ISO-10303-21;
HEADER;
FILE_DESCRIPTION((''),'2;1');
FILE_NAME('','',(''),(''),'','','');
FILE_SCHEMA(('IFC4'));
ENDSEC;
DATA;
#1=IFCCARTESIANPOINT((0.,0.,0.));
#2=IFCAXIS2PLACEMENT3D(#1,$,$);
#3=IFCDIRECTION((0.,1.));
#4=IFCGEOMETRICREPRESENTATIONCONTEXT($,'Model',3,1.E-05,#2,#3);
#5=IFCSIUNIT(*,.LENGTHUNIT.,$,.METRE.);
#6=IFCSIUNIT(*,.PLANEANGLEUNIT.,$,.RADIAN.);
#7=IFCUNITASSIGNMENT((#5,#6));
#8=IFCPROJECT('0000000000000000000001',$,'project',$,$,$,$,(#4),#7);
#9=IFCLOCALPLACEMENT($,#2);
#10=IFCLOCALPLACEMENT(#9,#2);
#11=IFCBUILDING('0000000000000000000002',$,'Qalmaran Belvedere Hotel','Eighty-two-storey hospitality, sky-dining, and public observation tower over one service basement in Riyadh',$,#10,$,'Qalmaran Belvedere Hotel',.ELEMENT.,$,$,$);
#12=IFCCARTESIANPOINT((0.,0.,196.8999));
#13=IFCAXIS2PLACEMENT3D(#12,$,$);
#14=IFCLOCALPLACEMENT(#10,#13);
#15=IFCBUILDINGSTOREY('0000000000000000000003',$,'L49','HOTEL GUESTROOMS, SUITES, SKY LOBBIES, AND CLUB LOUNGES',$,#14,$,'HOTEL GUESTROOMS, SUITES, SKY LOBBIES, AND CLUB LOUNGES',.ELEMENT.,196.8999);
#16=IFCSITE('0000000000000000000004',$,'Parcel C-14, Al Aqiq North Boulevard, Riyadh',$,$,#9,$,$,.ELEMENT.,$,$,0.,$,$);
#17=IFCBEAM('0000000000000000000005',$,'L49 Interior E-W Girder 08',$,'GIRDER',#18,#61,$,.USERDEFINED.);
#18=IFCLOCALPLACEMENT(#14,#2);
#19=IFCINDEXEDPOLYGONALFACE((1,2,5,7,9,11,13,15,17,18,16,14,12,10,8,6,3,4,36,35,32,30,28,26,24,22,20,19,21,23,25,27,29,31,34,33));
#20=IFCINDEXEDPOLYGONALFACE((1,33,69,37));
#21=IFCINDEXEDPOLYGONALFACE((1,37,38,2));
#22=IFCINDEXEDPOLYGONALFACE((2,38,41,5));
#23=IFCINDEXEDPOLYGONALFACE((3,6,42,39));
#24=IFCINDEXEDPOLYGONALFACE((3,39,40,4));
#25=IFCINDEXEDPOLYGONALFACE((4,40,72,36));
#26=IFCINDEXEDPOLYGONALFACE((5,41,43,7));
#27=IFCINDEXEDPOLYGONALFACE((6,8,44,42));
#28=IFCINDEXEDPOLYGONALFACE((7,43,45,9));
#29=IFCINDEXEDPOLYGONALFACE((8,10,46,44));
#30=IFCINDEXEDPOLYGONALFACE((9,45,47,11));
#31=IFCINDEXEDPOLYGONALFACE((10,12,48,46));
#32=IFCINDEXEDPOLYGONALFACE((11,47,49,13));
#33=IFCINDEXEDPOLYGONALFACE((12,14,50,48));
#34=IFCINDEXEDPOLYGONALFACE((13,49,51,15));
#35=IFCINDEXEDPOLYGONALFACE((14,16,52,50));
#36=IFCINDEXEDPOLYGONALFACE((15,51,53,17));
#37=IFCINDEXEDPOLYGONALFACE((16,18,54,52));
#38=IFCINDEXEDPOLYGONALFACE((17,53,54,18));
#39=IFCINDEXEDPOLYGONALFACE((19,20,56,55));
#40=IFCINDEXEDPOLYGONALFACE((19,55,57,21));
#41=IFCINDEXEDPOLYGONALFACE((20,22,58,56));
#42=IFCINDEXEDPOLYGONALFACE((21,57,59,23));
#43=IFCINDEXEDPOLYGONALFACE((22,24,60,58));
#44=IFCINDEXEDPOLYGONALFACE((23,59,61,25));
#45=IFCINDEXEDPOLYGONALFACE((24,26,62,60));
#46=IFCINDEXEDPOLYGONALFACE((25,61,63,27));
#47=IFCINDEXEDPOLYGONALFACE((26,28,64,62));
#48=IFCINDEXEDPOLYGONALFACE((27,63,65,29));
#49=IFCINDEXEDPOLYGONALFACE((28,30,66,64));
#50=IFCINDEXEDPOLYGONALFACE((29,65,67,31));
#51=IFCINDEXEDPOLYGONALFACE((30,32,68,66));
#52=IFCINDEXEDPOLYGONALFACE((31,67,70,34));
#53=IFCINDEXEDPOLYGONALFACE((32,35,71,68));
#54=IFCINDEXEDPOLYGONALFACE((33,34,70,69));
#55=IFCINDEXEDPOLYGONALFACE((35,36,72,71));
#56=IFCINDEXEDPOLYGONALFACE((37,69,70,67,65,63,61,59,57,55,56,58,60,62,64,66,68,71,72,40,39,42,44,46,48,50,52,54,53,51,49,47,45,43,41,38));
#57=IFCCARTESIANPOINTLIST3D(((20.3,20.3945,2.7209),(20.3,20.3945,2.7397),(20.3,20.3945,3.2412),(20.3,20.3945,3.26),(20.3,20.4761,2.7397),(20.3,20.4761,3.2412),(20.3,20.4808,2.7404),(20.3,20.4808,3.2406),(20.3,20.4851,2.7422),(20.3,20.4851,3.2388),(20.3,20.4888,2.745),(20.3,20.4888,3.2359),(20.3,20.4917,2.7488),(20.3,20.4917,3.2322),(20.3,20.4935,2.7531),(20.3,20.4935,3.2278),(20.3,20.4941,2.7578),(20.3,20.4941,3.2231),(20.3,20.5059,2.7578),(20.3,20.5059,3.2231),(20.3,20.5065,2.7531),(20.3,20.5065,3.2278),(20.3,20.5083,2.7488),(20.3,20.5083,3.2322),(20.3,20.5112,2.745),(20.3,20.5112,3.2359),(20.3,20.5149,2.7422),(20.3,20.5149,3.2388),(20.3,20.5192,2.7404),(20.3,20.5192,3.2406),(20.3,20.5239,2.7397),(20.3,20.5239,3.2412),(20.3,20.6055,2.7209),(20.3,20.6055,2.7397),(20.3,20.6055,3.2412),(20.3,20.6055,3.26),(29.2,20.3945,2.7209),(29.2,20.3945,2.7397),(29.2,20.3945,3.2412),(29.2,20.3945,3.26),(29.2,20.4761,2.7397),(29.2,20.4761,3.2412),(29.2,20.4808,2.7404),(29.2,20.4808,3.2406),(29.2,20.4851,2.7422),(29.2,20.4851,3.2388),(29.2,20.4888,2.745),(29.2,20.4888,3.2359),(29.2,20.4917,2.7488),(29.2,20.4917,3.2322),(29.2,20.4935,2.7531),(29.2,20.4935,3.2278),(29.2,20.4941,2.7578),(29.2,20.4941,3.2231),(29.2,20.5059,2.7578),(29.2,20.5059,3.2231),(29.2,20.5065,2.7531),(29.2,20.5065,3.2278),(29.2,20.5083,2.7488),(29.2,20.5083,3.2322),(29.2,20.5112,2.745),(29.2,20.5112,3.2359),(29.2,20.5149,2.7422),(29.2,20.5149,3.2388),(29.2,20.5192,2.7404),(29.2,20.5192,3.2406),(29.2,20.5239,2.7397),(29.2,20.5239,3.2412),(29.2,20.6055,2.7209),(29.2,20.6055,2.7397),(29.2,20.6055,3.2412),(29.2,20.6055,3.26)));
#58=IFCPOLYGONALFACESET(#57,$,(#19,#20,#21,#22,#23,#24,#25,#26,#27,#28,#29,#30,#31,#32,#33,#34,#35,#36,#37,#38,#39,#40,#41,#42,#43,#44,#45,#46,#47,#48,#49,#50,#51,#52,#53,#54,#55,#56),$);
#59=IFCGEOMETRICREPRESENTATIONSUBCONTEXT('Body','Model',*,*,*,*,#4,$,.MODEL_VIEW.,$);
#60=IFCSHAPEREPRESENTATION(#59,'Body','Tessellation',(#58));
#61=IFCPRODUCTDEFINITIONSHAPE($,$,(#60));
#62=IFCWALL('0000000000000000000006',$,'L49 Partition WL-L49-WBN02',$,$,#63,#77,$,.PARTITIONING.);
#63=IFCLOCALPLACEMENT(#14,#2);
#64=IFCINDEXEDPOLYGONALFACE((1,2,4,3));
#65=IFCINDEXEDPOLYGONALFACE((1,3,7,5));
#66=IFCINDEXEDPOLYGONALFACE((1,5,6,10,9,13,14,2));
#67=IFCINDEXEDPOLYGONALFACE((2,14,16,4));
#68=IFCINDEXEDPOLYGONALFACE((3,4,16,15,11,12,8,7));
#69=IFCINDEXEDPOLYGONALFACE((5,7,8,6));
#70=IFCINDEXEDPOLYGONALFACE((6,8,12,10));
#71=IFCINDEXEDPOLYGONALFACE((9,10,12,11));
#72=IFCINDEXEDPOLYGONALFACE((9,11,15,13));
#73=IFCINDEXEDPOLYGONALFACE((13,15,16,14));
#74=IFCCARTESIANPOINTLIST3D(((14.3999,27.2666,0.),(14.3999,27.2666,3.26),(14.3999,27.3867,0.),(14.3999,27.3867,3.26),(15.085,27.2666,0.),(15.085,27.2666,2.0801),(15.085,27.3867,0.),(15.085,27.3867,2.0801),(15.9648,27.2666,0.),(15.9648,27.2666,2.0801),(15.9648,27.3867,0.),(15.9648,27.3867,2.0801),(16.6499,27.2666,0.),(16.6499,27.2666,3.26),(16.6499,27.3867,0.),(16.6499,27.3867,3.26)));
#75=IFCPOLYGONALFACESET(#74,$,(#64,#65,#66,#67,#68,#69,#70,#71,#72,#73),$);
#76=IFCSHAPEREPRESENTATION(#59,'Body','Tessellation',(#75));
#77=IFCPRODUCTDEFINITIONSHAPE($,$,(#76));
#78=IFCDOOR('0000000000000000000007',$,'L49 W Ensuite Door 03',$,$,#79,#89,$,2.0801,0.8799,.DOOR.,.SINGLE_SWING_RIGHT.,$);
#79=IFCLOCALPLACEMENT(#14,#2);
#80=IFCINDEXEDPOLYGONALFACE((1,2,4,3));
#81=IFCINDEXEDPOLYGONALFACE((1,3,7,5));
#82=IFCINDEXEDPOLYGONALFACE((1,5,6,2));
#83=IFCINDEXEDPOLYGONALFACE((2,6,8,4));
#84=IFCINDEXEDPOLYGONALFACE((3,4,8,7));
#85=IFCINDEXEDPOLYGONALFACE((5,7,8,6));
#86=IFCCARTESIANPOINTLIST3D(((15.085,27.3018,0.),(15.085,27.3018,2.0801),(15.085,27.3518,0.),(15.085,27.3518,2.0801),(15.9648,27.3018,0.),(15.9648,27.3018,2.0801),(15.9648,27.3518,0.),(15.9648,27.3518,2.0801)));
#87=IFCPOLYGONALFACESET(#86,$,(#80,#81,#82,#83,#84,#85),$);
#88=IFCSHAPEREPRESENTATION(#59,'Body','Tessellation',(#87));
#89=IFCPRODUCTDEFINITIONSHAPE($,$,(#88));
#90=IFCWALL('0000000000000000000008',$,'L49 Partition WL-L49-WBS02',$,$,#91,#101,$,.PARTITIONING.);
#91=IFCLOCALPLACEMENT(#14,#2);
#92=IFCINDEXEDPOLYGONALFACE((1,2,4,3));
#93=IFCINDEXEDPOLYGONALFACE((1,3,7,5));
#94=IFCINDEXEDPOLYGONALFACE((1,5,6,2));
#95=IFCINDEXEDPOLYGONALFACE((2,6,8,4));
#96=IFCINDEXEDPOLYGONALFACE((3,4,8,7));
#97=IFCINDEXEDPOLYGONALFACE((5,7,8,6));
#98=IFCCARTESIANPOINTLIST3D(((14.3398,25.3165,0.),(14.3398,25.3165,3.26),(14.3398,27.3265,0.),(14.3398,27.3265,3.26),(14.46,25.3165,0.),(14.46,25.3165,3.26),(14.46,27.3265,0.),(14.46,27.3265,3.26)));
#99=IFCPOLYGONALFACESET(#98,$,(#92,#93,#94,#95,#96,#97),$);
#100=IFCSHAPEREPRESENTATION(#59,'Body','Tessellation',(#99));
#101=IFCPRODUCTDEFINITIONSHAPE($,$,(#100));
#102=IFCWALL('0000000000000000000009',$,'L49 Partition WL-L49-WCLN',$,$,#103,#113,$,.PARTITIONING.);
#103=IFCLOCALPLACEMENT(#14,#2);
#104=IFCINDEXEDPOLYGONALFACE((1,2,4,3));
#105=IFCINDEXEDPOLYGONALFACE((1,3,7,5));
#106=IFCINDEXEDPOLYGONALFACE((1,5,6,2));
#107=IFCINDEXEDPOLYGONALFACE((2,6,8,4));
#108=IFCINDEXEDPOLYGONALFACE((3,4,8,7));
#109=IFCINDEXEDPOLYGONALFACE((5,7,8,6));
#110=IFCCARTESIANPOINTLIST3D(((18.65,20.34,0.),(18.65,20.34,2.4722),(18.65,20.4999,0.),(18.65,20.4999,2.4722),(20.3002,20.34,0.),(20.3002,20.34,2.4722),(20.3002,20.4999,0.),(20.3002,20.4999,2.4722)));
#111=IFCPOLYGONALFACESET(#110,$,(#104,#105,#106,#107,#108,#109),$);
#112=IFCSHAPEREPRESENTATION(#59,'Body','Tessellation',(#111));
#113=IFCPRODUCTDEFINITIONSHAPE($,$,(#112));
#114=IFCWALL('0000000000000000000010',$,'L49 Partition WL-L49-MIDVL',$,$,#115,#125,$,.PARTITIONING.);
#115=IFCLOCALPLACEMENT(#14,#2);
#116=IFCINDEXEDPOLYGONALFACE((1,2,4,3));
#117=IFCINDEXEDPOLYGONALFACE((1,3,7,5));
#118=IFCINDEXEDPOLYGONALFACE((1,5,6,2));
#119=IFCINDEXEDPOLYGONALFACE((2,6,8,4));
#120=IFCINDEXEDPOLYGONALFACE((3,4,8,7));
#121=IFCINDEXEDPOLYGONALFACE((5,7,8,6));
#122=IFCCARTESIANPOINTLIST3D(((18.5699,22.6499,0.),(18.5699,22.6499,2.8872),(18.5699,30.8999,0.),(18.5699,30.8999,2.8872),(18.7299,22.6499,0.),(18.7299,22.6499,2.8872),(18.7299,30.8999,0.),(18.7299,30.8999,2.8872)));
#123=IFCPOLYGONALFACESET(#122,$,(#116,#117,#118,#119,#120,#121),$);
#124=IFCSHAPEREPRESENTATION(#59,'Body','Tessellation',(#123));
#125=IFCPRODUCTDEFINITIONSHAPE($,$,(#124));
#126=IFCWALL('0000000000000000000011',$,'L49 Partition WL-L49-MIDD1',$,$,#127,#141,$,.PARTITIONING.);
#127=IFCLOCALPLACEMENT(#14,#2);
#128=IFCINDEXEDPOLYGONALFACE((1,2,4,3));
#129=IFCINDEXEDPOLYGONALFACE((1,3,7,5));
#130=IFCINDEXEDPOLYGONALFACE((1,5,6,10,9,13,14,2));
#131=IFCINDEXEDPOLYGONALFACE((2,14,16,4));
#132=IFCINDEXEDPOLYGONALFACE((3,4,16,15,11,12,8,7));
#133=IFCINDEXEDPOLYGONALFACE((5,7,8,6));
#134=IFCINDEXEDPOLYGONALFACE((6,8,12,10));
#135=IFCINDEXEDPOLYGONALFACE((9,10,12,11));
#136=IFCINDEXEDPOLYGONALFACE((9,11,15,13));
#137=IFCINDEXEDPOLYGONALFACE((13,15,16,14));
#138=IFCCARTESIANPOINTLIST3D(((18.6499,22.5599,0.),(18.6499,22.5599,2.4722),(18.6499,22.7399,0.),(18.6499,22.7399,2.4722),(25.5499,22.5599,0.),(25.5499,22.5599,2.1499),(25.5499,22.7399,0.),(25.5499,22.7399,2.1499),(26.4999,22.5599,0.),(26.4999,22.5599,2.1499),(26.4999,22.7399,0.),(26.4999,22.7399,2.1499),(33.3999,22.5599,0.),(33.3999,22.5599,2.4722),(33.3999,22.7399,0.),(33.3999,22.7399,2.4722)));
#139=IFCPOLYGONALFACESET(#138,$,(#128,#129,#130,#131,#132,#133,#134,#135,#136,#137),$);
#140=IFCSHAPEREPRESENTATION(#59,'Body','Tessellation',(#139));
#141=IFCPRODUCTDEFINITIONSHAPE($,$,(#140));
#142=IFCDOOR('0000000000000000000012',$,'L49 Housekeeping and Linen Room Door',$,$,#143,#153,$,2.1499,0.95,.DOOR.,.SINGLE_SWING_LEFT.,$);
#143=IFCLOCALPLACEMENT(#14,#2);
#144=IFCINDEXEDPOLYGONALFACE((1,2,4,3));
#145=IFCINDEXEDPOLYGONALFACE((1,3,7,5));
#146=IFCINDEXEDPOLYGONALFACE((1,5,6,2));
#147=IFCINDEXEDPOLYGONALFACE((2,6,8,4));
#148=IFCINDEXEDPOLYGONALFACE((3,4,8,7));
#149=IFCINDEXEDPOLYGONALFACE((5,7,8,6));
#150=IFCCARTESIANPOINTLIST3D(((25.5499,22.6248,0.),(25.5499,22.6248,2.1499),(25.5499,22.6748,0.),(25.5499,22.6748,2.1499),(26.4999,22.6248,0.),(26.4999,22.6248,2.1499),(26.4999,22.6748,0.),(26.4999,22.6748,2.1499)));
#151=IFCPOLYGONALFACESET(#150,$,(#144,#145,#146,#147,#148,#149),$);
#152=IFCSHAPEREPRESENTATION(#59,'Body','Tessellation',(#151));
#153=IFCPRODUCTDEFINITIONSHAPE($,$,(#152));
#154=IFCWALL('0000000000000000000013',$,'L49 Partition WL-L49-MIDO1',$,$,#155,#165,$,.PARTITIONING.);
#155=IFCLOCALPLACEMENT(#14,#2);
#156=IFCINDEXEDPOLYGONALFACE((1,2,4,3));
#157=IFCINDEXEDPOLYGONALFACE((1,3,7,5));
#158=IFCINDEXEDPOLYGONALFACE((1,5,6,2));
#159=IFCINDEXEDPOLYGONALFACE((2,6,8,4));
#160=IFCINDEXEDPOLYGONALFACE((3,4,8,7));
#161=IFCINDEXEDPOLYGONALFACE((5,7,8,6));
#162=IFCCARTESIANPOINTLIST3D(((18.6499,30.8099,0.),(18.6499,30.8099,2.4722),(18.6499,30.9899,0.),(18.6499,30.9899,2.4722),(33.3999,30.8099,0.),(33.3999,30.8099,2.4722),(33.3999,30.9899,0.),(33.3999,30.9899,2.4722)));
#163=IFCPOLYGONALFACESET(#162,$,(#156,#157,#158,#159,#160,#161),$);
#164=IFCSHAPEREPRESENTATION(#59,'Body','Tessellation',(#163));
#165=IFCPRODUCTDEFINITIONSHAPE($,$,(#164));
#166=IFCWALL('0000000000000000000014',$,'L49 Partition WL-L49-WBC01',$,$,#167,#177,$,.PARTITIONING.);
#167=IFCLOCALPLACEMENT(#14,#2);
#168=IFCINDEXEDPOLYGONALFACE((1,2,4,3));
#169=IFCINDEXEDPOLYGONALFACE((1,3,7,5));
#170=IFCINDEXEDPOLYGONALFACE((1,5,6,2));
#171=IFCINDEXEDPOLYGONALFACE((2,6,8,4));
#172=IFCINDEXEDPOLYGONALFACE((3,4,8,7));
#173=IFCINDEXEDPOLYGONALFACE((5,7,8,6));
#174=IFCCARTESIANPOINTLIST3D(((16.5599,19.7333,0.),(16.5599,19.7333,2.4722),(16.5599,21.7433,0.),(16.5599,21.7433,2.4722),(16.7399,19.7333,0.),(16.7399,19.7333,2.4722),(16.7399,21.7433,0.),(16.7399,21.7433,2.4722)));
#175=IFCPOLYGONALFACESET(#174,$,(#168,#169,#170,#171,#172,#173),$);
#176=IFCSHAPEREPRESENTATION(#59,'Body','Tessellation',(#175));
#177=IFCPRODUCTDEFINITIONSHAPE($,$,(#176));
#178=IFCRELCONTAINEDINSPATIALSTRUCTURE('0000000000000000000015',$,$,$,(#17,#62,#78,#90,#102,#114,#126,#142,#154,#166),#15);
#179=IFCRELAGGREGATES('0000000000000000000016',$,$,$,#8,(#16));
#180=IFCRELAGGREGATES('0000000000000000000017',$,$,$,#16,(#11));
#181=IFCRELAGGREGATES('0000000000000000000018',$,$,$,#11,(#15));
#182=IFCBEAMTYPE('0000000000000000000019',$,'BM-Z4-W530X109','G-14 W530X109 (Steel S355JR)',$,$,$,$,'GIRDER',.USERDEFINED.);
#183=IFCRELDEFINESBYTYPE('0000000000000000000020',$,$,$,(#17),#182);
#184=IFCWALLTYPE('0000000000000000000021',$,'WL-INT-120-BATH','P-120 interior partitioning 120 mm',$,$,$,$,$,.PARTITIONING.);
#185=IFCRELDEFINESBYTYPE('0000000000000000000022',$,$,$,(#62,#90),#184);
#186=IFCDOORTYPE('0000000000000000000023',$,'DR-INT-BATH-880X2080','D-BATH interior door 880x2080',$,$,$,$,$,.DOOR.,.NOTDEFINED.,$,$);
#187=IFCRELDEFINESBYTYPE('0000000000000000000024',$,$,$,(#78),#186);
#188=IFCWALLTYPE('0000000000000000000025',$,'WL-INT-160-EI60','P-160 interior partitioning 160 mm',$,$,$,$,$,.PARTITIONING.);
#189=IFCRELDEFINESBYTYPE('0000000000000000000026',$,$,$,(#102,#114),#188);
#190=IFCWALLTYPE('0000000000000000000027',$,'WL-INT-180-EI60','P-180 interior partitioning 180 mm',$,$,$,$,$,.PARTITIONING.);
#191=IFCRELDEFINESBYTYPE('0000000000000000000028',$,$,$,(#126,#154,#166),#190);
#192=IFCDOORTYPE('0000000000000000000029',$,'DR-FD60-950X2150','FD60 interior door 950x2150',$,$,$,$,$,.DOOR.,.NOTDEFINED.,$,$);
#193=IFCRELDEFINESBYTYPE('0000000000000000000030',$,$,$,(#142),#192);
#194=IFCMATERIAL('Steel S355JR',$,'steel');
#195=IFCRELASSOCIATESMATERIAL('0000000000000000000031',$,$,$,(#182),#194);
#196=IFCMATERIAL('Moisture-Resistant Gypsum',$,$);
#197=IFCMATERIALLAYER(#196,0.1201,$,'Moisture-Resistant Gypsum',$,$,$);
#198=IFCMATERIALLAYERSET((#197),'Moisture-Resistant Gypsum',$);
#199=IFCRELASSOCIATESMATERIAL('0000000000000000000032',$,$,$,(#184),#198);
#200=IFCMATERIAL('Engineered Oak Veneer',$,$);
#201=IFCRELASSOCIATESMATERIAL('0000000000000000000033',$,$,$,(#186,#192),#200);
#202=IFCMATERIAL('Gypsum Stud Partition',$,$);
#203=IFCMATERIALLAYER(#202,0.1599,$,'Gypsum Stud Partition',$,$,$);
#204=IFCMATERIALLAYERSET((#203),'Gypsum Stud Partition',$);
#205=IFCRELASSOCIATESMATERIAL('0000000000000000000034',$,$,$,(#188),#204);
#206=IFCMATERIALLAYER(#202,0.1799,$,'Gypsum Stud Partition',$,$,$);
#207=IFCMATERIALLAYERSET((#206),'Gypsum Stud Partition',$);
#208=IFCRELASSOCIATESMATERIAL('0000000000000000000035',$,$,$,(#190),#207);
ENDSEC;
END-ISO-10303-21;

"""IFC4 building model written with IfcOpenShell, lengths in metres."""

from ifc_helpers import new_model, si_unit, direction, frame, frame_2d, origin, origin_2d, place, context, subcontext, project, spatial, rectangle, i_section, extrude, material, layer, layer_set, material_profile, profile_set, type_object, element, fill, save


model = new_model("IFC4")

# Units and contexts
model_context = context("Model", 3, precision=1e-05, world=origin(), true_north=direction((0.0, 1.0)))
body_context = subcontext(model_context, "Body", "Model", "MODEL_VIEW")
ifc_project = project(units=[si_unit("LENGTHUNIT", "METRE"), si_unit("PLANEANGLEUNIT", "RADIAN")], contexts=[model_context])

# Site, building, storey
site_placement = place(None, origin())
site = spatial("IfcSite", under=ifc_project, at=site_placement, Name="Parcel C-14, Al Aqiq North Boulevard, Riyadh", CompositionType="ELEMENT", RefElevation=0.0)
building_placement = place(site_placement, origin())
building = spatial("IfcBuilding", under=site, at=building_placement, Name="Qalmaran Belvedere Hotel", Description="Eighty-two-storey hospitality, sky-dining, and public observation tower over one service basement in Riyadh", LongName="Qalmaran Belvedere Hotel", CompositionType="ELEMENT")
storey_placement = place(building_placement, frame((0.0, 0.0, 196.8999)))
storey = spatial("IfcBuildingStorey", under=building, at=storey_placement, Name="L49", Description="HOTEL GUESTROOMS, SUITES, SKY LOBBIES, AND CLUB LOUNGES", LongName="HOTEL GUESTROOMS, SUITES, SKY LOBBIES, AND CLUB LOUNGES", CompositionType="ELEMENT", Elevation=196.8999)

# Beam
ifc_material_1 = material(Name="Steel S355JR", Category="steel")
ifc_material_profile_1 = material_profile(ifc_material_1, i_section(OverallWidth=0.2109, OverallDepth=0.5391, WebThickness=0.0117, FlangeThickness=0.0188, FilletRadius=0.0181, at=origin_2d()), Name="W530X109")
ifc_profile_set_1 = profile_set([ifc_material_profile_1], Name="Steel S355JR")
beam_type_1 = type_object("IfcBeamType", Name="BM-Z4-W530X109", Description="G-14 W530X109 (Steel S355JR)", ElementType="GIRDER", PredefinedType="USERDEFINED", material=ifc_profile_set_1)
beam_1_placement = place(storey_placement, frame((20.3, 20.5, 2.9905), z_axis=(1.0, 0.0, 0.0), x_axis=(0.0, 1.0, 0.0)))
element("IfcBeam", 1, at=beam_1_placement, inside=storey, type_object=beam_type_1, Name="L49 Interior E-W Girder 08", ObjectType="GIRDER", PredefinedType="USERDEFINED", context=body_context, shape_type="SweptSolid", body=[
    extrude(i_section(OverallWidth=0.2109, OverallDepth=0.5391, WebThickness=0.0117, FlangeThickness=0.0188, FilletRadius=0.0181, at=origin_2d()), origin(), (0.0, 0.0, 1.0), 8.8999),
])

# Wall, opening, door
ifc_material_2 = material(Name="Moisture-Resistant Gypsum")
ifc_layer_1 = layer(ifc_material_2, 0.1201, Name="Moisture-Resistant Gypsum")
ifc_layer_set_1 = layer_set([ifc_layer_1], Name="Moisture-Resistant Gypsum")
wall_type_1 = type_object("IfcWallType", Name="WL-INT-120-BATH", Description="P-120 interior partitioning 120 mm", PredefinedType="PARTITIONING", material=ifc_layer_set_1)
wall_1_placement = place(storey_placement, frame((14.3999, 27.3267, 0.0), z_axis=(0.0, 0.0, 1.0), x_axis=(1.0, 0.0, 0.0)))
wall_1 = element("IfcWall", 2, at=wall_1_placement, inside=storey, type_object=wall_type_1, Name="L49 Partition WL-L49-WBN02", PredefinedType="PARTITIONING", context=body_context, shape_type="SweptSolid", body=[
    extrude(rectangle(XDim=2.25, YDim=0.1201, at=frame_2d((1.125, 0.0))), origin(), (0.0, 0.0, 1.0), 3.26),
])
opening_1_placement = place(wall_1_placement, frame((1.5649, 0.0, 0.0), z_axis=(0.0, 0.0, 1.0), x_axis=(-1.0, 0.0, 0.0)))
opening_1 = element("IfcOpeningElement", 3, at=opening_1_placement, cuts=wall_1, PredefinedType="OPENING", context=body_context, shape_type="SweptSolid", body=[
    extrude(rectangle(XDim=0.8799, YDim=2.0801, at=frame_2d((0.4399, 1.04))), frame((0.0, 0.0701, 0.0), z_axis=(0.0, -1.0, 0.0), x_axis=(1.0, 0.0, 0.0)), (0.0, 0.0, 1.0), 0.1401),
])
ifc_material_3 = material(Name="Engineered Oak Veneer")
door_type_1 = type_object("IfcDoorType", Name="DR-INT-BATH-880X2080", Description="D-BATH interior door 880x2080", OperationType="NOTDEFINED", PredefinedType="DOOR", material=ifc_material_3)
door_1_placement = place(opening_1_placement, origin())
door_1 = element("IfcDoor", 4, at=door_1_placement, inside=storey, type_object=door_type_1, Name="L49 W Ensuite Door 03", OperationType="SINGLE_SWING_RIGHT", OverallHeight=2.0801, OverallWidth=0.8799, PredefinedType="DOOR", context=body_context, shape_type="SweptSolid", body=[
    extrude(rectangle(XDim=0.8799, YDim=2.0801, at=frame_2d((0.4399, 1.04))), frame((0.0, 0.0249, 0.0), z_axis=(0.0, -1.0, 0.0), x_axis=(1.0, 0.0, 0.0)), (0.0, 0.0, 1.0), 0.05),
])
fill(opening_1, door_1)

# Wall
wall_2_placement = place(storey_placement, frame((14.3999, 25.3167, 0.0), z_axis=(0.0, 0.0, 1.0), x_axis=(0.0, 1.0, 0.0)))
element("IfcWall", 5, at=wall_2_placement, inside=storey, type_object=wall_type_1, Name="L49 Partition WL-L49-WBS02", PredefinedType="PARTITIONING", context=body_context, shape_type="SweptSolid", body=[
    extrude(rectangle(XDim=2.01, YDim=0.1201, at=frame_2d((1.0049, 0.0))), origin(), (0.0, 0.0, 1.0), 3.26),
])

# Shared definitions
ifc_material_4 = material(Name="Gypsum Stud Partition")

# Walls
ifc_layer_2 = layer(ifc_material_4, 0.1599, Name="Gypsum Stud Partition")
ifc_layer_set_2 = layer_set([ifc_layer_2], Name="Gypsum Stud Partition")
wall_type_2 = type_object("IfcWallType", Name="WL-INT-160-EI60", Description="P-160 interior partitioning 160 mm", PredefinedType="PARTITIONING", material=ifc_layer_set_2)
wall_3_placement = place(storey_placement, frame((18.6499, 20.4199, 0.0), z_axis=(0.0, 0.0, 1.0), x_axis=(1.0, 0.0, 0.0)))
element("IfcWall", 6, at=wall_3_placement, inside=storey, type_object=wall_type_2, Name="L49 Partition WL-L49-WCLN", PredefinedType="PARTITIONING", context=body_context, shape_type="SweptSolid", body=[
    extrude(rectangle(XDim=1.6501, YDim=0.1599, at=frame_2d((0.8252, 0.0))), origin(), (0.0, 0.0, 1.0), 2.4722),
])
wall_4_placement = place(storey_placement, frame((18.6499, 22.6499, 0.0), z_axis=(0.0, 0.0, 1.0), x_axis=(0.0, 1.0, 0.0)))
element("IfcWall", 7, at=wall_4_placement, inside=storey, type_object=wall_type_2, Name="L49 Partition WL-L49-MIDVL", PredefinedType="PARTITIONING", context=body_context, shape_type="SweptSolid", body=[
    extrude(rectangle(XDim=8.25, YDim=0.1599, at=frame_2d((4.125, 0.0))), origin(), (0.0, 0.0, 1.0), 2.8872),
])

# Wall, opening, door
ifc_layer_3 = layer(ifc_material_4, 0.1799, Name="Gypsum Stud Partition")
ifc_layer_set_3 = layer_set([ifc_layer_3], Name="Gypsum Stud Partition")
wall_type_3 = type_object("IfcWallType", Name="WL-INT-180-EI60", Description="P-180 interior partitioning 180 mm", PredefinedType="PARTITIONING", material=ifc_layer_set_3)
wall_5_placement = place(storey_placement, frame((18.6499, 22.6499, 0.0), z_axis=(0.0, 0.0, 1.0), x_axis=(1.0, 0.0, 0.0)))
wall_5 = element("IfcWall", 8, at=wall_5_placement, inside=storey, type_object=wall_type_3, Name="L49 Partition WL-L49-MIDD1", PredefinedType="PARTITIONING", context=body_context, shape_type="SweptSolid", body=[
    extrude(rectangle(XDim=14.75, YDim=0.1799, at=frame_2d((7.375, 0.0))), origin(), (0.0, 0.0, 1.0), 2.4722),
])
opening_2_placement = place(wall_5_placement, frame((6.8999, 0.0, 0.0)))
opening_2 = element("IfcOpeningElement", 9, at=opening_2_placement, cuts=wall_5, PredefinedType="OPENING", context=body_context, shape_type="SweptSolid", body=[
    extrude(rectangle(XDim=0.95, YDim=2.1499, at=frame_2d((0.4751, 1.075))), frame((0.0, 0.1001, 0.0), z_axis=(0.0, -1.0, 0.0), x_axis=(1.0, 0.0, 0.0)), (0.0, 0.0, 1.0), 0.2),
])
door_type_2 = type_object("IfcDoorType", Name="DR-FD60-950X2150", Description="FD60 interior door 950x2150", OperationType="NOTDEFINED", PredefinedType="DOOR", material=ifc_material_3)
door_2_placement = place(opening_2_placement, origin())
door_2 = element("IfcDoor", 10, at=door_2_placement, inside=storey, type_object=door_type_2, Name="L49 Housekeeping and Linen Room Door", OperationType="SINGLE_SWING_LEFT", OverallHeight=2.1499, OverallWidth=0.95, PredefinedType="DOOR", context=body_context, shape_type="SweptSolid", body=[
    extrude(rectangle(XDim=0.95, YDim=2.1499, at=frame_2d((0.4751, 1.075))), frame((0.0, 0.0249, 0.0), z_axis=(0.0, -1.0, 0.0), x_axis=(1.0, 0.0, 0.0)), (0.0, 0.0, 1.0), 0.05),
])
fill(opening_2, door_2)

# Walls
wall_6_placement = place(storey_placement, frame((18.6499, 30.8999, 0.0), z_axis=(0.0, 0.0, 1.0), x_axis=(1.0, 0.0, 0.0)))
element("IfcWall", 11, at=wall_6_placement, inside=storey, type_object=wall_type_3, Name="L49 Partition WL-L49-MIDO1", PredefinedType="PARTITIONING", context=body_context, shape_type="SweptSolid", body=[
    extrude(rectangle(XDim=14.75, YDim=0.1799, at=frame_2d((7.375, 0.0))), origin(), (0.0, 0.0, 1.0), 2.4722),
])
wall_7_placement = place(storey_placement, frame((16.6499, 19.7334, 0.0), z_axis=(0.0, 0.0, 1.0), x_axis=(0.0, 1.0, 0.0)))
element("IfcWall", 12, at=wall_7_placement, inside=storey, type_object=wall_type_3, Name="L49 Partition WL-L49-WBC01", PredefinedType="PARTITIONING", context=body_context, shape_type="SweptSolid", body=[
    extrude(rectangle(XDim=2.01, YDim=0.1799, at=frame_2d((1.0049, 0.0))), origin(), (0.0, 0.0, 1.0), 2.4722),
])

save(model, "model.ifc")
